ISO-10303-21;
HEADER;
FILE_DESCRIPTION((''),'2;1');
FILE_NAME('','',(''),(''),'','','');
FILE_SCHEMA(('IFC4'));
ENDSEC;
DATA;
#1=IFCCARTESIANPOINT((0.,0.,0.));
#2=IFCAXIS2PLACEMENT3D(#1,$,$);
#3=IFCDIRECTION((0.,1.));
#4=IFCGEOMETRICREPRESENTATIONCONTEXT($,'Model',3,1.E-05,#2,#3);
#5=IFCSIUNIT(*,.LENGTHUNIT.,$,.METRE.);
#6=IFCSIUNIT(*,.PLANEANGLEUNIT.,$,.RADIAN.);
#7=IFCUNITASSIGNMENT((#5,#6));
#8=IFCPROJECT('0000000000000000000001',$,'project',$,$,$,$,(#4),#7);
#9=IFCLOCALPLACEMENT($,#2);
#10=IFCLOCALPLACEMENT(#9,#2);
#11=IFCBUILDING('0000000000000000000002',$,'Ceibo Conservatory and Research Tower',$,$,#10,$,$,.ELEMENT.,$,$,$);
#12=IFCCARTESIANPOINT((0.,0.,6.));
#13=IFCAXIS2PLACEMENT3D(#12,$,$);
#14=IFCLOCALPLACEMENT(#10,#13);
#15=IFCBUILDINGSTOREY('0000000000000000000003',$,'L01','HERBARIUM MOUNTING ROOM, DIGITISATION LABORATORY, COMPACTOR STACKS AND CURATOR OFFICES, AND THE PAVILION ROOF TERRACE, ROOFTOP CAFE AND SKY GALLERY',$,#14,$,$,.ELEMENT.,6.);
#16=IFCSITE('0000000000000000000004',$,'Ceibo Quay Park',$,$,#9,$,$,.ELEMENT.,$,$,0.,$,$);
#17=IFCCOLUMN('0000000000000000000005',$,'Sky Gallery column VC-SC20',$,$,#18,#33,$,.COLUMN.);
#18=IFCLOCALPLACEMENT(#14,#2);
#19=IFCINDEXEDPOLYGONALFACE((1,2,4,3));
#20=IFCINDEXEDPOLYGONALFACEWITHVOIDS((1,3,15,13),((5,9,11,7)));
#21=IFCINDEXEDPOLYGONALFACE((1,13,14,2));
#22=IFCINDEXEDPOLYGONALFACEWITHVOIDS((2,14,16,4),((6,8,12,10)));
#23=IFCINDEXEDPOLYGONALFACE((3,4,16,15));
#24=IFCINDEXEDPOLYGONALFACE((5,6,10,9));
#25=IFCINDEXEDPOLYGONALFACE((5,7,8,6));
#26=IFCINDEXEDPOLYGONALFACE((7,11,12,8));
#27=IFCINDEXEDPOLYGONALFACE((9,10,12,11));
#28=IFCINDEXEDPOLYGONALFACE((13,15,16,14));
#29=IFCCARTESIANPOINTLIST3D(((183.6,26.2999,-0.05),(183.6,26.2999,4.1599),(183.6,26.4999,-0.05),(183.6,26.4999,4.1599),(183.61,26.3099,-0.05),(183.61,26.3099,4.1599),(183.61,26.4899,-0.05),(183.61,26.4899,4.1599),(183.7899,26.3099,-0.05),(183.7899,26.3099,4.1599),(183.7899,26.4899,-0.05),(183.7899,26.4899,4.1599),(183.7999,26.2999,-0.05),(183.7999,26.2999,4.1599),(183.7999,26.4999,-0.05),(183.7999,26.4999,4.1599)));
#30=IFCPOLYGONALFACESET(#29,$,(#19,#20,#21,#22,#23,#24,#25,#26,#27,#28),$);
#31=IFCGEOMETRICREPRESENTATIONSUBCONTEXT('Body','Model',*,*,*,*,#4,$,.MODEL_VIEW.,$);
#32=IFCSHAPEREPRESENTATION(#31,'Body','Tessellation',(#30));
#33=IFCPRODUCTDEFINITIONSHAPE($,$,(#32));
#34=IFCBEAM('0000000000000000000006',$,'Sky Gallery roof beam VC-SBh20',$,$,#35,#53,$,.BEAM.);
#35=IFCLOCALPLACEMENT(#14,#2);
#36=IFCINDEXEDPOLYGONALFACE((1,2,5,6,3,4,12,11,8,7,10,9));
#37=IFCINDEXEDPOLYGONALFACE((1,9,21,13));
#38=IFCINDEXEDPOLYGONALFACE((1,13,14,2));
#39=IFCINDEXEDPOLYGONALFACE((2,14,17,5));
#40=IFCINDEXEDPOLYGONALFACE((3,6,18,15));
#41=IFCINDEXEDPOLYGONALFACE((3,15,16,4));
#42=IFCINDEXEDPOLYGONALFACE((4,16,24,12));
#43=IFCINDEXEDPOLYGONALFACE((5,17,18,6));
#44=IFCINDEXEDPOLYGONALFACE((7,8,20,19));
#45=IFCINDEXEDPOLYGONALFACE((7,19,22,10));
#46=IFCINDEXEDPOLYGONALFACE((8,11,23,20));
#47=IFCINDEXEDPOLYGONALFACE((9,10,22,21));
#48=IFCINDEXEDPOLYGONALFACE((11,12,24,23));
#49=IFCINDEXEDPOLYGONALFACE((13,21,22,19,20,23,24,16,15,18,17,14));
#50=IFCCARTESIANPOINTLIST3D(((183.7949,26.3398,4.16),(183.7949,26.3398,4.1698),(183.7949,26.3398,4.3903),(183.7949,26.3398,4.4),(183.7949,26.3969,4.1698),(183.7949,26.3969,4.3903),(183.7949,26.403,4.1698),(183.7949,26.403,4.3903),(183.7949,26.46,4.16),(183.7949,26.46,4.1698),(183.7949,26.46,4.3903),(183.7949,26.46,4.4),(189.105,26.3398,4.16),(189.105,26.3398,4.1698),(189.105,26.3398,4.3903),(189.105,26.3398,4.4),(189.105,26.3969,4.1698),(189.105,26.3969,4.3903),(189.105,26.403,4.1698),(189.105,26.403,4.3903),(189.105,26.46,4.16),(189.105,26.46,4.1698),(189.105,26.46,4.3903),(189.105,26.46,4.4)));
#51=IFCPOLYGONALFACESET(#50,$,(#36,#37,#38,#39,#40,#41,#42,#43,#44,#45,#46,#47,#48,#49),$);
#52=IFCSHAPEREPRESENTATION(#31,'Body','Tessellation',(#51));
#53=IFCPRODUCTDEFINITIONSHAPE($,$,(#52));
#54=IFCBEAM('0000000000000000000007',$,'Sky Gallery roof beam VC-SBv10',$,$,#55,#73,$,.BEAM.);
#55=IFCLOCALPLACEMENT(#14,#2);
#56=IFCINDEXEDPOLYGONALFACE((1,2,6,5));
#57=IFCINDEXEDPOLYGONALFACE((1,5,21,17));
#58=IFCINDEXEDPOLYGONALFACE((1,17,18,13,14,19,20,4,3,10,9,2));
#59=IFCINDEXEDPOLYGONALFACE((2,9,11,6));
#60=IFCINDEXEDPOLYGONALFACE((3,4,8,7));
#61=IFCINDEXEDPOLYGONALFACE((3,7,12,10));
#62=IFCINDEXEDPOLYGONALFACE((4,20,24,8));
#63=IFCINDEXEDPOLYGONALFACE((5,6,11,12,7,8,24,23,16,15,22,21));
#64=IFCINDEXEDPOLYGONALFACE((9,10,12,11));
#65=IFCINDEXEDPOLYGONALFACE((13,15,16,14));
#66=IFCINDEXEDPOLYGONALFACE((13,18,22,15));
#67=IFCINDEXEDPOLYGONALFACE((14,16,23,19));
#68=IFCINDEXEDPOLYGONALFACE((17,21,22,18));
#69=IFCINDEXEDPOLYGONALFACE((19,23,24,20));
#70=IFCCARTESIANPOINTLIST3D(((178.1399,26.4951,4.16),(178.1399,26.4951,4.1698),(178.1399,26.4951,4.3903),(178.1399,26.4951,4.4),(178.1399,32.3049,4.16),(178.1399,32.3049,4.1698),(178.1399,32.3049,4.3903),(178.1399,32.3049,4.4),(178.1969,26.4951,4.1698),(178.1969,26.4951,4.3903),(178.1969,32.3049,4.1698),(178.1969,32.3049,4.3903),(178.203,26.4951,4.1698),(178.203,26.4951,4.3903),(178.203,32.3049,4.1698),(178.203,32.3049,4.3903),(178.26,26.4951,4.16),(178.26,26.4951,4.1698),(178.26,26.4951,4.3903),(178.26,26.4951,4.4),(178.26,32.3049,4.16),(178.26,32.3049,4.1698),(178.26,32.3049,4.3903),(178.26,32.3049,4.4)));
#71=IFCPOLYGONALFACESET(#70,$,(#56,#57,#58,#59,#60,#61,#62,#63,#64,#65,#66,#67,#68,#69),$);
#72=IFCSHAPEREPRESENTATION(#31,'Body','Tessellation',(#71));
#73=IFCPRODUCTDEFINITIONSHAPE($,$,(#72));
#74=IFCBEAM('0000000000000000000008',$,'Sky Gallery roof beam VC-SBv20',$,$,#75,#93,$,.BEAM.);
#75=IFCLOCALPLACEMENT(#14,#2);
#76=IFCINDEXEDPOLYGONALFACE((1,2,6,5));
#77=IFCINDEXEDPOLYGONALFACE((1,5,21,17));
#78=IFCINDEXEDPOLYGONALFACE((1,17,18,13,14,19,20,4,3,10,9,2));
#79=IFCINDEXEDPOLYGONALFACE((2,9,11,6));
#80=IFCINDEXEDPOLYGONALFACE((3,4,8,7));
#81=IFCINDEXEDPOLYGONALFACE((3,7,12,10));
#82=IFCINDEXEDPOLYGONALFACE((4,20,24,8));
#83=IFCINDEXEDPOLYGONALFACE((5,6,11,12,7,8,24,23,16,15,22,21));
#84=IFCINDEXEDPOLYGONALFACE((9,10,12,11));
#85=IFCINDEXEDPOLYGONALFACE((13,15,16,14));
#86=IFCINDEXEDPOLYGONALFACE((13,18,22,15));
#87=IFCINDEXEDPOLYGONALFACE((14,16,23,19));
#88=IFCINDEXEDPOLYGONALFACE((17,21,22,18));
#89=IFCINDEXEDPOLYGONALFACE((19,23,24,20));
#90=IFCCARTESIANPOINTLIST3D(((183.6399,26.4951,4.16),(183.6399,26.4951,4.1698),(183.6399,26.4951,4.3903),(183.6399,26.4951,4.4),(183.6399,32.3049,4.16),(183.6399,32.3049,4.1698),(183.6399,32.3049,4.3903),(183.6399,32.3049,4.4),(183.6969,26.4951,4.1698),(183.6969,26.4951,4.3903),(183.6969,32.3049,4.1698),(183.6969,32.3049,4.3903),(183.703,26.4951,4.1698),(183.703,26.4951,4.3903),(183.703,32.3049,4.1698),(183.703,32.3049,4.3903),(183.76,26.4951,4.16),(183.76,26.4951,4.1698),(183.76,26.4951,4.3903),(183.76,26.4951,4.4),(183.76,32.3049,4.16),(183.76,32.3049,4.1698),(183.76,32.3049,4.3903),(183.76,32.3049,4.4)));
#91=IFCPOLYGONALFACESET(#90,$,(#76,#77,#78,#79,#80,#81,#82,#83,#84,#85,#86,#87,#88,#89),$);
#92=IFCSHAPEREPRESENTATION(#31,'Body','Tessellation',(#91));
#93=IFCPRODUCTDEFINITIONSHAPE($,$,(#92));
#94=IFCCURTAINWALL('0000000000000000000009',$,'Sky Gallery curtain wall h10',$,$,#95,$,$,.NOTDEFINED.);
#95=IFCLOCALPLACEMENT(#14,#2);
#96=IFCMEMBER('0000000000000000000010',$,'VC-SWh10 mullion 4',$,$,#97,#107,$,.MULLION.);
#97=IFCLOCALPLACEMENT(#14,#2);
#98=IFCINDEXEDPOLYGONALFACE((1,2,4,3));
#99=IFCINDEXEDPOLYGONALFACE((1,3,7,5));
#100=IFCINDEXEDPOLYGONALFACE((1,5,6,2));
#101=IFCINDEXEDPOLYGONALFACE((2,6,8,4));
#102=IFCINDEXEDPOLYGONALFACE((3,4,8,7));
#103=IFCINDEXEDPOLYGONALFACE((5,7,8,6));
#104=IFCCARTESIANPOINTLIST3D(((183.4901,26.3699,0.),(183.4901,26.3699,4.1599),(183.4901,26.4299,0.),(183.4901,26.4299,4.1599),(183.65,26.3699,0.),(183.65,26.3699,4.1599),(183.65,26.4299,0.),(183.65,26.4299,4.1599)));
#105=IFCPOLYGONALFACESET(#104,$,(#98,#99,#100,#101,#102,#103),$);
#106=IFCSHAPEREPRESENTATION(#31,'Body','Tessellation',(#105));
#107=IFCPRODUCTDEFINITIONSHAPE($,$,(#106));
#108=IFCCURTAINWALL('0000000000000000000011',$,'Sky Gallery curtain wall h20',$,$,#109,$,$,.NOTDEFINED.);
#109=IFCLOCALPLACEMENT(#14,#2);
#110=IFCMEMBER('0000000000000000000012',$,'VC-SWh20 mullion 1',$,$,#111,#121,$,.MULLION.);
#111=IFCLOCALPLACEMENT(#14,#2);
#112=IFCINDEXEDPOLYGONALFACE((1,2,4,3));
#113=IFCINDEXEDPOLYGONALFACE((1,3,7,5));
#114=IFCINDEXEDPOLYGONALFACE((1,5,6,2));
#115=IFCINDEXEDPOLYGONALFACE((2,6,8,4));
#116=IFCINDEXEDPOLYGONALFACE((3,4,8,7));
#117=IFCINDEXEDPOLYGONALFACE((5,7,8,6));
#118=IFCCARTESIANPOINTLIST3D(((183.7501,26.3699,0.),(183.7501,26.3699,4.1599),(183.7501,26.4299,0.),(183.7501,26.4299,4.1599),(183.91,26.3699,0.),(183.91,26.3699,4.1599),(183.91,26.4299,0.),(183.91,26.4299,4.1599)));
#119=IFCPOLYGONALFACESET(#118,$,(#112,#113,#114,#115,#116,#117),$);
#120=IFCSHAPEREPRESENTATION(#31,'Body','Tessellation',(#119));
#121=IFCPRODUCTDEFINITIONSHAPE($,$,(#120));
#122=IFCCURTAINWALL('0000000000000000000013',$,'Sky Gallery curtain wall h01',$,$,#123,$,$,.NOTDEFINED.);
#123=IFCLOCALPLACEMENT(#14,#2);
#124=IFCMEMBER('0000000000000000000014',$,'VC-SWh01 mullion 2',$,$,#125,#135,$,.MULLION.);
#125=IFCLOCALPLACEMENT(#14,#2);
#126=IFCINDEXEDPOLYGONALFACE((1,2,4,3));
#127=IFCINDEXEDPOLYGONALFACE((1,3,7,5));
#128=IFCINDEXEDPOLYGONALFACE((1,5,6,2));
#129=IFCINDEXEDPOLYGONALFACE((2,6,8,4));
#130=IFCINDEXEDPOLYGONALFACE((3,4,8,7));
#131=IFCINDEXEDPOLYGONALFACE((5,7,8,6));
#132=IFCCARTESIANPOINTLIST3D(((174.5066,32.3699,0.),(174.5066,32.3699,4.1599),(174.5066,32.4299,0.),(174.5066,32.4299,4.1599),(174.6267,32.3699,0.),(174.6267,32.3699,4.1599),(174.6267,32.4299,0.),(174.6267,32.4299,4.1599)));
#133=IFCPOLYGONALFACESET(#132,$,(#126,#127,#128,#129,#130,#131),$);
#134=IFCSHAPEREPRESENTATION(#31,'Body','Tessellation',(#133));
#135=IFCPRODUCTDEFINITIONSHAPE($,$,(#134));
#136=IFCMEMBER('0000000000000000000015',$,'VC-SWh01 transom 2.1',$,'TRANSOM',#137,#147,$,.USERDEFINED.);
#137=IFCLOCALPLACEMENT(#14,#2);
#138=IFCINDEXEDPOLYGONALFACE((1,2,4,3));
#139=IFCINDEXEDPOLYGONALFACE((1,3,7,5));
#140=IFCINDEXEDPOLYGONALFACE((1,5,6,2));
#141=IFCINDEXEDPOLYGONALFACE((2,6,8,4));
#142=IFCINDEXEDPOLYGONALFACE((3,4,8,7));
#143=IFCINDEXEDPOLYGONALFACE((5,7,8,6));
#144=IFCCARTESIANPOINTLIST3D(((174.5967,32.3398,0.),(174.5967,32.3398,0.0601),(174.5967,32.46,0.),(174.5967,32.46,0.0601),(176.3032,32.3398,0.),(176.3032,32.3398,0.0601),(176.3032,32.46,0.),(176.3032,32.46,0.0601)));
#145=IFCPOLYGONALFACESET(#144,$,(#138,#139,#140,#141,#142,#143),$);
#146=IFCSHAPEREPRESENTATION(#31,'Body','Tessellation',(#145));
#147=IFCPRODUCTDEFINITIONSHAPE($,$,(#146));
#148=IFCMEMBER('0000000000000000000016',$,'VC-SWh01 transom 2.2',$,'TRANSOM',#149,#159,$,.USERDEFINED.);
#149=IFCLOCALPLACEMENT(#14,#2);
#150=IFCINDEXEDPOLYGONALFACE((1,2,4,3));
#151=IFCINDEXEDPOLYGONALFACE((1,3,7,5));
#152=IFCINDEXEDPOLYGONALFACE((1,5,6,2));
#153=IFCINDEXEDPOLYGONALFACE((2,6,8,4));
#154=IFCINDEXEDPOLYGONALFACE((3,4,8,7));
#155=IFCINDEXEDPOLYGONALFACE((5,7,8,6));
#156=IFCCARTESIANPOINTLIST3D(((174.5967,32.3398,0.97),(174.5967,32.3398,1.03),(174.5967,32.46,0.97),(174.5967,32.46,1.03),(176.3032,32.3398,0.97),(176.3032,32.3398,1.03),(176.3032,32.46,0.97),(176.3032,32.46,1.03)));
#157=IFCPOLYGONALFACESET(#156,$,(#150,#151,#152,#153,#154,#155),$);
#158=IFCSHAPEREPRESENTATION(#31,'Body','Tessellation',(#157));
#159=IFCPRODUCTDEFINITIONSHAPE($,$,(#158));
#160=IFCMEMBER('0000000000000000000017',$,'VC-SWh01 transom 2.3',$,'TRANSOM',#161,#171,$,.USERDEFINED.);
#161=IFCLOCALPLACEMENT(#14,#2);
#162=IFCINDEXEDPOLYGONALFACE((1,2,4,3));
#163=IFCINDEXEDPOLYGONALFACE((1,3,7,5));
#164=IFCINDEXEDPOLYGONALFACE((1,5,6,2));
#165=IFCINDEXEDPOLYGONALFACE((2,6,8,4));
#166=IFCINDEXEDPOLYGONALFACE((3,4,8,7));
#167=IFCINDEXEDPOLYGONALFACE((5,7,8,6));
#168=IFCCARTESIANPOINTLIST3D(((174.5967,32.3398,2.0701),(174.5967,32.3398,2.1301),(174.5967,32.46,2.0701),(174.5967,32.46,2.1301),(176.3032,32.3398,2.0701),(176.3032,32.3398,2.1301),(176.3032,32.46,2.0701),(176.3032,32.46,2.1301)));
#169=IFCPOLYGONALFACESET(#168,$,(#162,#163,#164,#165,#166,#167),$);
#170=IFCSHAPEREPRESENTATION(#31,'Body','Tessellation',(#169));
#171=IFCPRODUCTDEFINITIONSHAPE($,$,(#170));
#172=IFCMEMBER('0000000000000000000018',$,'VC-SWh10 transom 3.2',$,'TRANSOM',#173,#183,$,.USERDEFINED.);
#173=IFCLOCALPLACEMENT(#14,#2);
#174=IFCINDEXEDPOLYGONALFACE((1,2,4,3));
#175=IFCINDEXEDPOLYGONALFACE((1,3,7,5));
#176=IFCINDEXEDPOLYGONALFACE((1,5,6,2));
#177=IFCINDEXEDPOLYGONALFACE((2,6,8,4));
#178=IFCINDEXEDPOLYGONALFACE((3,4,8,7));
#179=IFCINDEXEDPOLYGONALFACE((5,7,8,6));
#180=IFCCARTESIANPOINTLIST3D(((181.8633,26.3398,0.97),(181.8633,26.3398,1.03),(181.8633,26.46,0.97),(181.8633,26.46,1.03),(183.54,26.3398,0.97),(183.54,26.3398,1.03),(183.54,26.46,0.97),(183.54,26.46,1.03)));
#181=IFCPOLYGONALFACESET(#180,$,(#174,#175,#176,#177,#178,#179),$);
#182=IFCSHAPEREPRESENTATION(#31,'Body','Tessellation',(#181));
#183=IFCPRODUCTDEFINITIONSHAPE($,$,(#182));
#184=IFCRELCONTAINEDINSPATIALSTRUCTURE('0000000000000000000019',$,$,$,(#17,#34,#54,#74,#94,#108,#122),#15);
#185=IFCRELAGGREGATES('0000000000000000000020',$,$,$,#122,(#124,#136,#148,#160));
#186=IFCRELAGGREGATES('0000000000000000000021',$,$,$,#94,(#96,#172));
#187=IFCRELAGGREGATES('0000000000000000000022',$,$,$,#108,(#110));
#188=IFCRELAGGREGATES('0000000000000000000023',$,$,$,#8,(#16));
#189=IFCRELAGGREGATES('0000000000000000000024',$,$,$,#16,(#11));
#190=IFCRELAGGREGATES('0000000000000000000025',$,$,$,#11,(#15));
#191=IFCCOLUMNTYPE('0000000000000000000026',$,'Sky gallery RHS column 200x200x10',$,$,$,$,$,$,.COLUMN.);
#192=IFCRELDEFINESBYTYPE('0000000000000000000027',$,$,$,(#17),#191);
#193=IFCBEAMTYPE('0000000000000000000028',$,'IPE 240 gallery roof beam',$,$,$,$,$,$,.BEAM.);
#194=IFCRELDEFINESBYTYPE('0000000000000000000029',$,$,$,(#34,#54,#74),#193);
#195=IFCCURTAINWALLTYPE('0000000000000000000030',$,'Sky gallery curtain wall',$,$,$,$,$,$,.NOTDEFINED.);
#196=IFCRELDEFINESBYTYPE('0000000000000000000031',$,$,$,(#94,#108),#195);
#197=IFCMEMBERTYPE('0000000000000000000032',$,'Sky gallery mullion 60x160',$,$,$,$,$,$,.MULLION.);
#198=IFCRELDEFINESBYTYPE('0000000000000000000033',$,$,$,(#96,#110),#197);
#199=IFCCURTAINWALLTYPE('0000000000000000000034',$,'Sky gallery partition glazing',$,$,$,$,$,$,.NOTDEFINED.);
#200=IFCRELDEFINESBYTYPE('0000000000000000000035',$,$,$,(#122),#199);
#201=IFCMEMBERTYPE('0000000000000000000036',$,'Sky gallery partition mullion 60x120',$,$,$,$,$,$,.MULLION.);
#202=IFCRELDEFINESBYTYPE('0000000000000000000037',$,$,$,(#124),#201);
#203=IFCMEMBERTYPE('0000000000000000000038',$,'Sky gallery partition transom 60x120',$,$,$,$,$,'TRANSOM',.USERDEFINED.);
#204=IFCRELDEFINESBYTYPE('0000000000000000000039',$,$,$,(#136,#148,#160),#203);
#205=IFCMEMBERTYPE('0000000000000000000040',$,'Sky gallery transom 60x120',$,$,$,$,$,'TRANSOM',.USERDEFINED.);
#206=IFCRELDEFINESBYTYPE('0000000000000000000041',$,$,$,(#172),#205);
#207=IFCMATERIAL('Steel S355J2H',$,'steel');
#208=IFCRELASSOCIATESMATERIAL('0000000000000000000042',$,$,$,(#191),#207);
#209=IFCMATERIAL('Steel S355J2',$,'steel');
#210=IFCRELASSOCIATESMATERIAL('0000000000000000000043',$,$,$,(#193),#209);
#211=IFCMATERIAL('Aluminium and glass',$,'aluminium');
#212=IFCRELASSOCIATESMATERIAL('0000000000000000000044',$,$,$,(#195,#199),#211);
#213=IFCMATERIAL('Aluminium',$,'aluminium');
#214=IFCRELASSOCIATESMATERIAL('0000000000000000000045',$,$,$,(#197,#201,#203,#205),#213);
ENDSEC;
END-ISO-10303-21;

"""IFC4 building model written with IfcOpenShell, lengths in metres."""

from ifc_helpers import new_model, si_unit, direction, frame, origin, origin_2d, place, context, subcontext, project, spatial, rectangle, hollow_rectangle, i_section, extrude, material, material_profile, profile_set, type_object, element, aggregate, save


model = new_model("IFC4")

# Units and contexts
model_context = context("Model", 3, precision=1e-05, world=origin(), true_north=direction((0.0, 1.0)))
body_context = subcontext(model_context, "Body", "Model", "MODEL_VIEW")
ifc_project = project(units=[si_unit("LENGTHUNIT", "METRE"), si_unit("PLANEANGLEUNIT", "RADIAN")], contexts=[model_context])

# Site, building, storey
site_placement = place(None, origin())
site = spatial("IfcSite", under=ifc_project, at=site_placement, Name="Ceibo Quay Park", CompositionType="ELEMENT", RefElevation=0.0)
building_placement = place(site_placement, origin())
building = spatial("IfcBuilding", under=site, at=building_placement, Name="Ceibo Conservatory and Research Tower", CompositionType="ELEMENT")
storey_placement = place(building_placement, frame((0.0, 0.0, 6.0)))
storey = spatial("IfcBuildingStorey", under=building, at=storey_placement, Name="L01", Description="HERBARIUM MOUNTING ROOM, DIGITISATION LABORATORY, COMPACTOR STACKS AND CURATOR OFFICES, AND THE PAVILION ROOF TERRACE, ROOFTOP CAFE AND SKY GALLERY", CompositionType="ELEMENT", Elevation=6.0)

# Column
ifc_material_1 = material(Name="Steel S355J2H", Category="steel")
ifc_material_profile_1 = material_profile(ifc_material_1, hollow_rectangle(XDim=0.2, YDim=0.2, WallThickness=0.01, at=origin_2d()), Name="Sky gallery RHS column 200x200x10")
ifc_profile_set_1 = profile_set([ifc_material_profile_1], Name="Steel S355J2H")
column_type = type_object("IfcColumnType", Name="Sky gallery RHS column 200x200x10", PredefinedType="COLUMN", material=ifc_profile_set_1)
column_placement = place(storey_placement, frame((183.7, 26.3999, -0.05), z_axis=(0.0, 0.0, 1.0), x_axis=(1.0, 0.0, 0.0)))
element("IfcColumn", 1, at=column_placement, inside=storey, type_object=column_type, Name="Sky Gallery column VC-SC20", PredefinedType="COLUMN", context=body_context, shape_type="SweptSolid", body=[
    extrude(hollow_rectangle(XDim=0.2, YDim=0.2, WallThickness=0.01, at=origin_2d()), origin(), (0.0, 0.0, 1.0), 4.21),
])

# Beams
ifc_material_2 = material(Name="Steel S355J2", Category="steel")
ifc_material_profile_2 = material_profile(ifc_material_2, i_section(OverallWidth=0.1201, OverallDepth=0.24, WebThickness=0.0061, FlangeThickness=0.0098, at=origin_2d()), Name="IPE 240")
ifc_profile_set_2 = profile_set([ifc_material_profile_2], Name="Steel S355J2")
beam_type = type_object("IfcBeamType", Name="IPE 240 gallery roof beam", PredefinedType="BEAM", material=ifc_profile_set_2)
beam_placement = place(storey_placement, frame((183.7949, 26.3999, 4.28), z_axis=(1.0, 0.0, 0.0), x_axis=(0.0, 1.0, 0.0)))
element("IfcBeam", 2, at=beam_placement, inside=storey, type_object=beam_type, Name="Sky Gallery roof beam VC-SBh20", PredefinedType="BEAM", context=body_context, shape_type="SweptSolid", body=[
    extrude(i_section(OverallWidth=0.1201, OverallDepth=0.24, WebThickness=0.0061, FlangeThickness=0.0098, at=origin_2d()), origin(), (0.0, 0.0, 1.0), 5.3101),
])
for number, where, z_axis, x_axis, name in (
    (3, (178.2, 26.4951, 4.28), (0.0, 1.0, 0.0), (-1.0, 0.0, 0.0), "Sky Gallery roof beam VC-SBv10"),
    (4, (183.7, 26.4951, 4.28), (0.0, 1.0, 0.0), (-1.0, 0.0, 0.0), "Sky Gallery roof beam VC-SBv20"),
):
    element("IfcBeam", number, at=place(storey_placement, frame(where, z_axis=z_axis, x_axis=x_axis)), inside=storey, type_object=beam_type, Name=name, PredefinedType="BEAM", context=body_context, shape_type="SweptSolid", body=[
        extrude(i_section(OverallWidth=0.1201, OverallDepth=0.24, WebThickness=0.0061, FlangeThickness=0.0098, at=origin_2d()), origin(), (0.0, 0.0, 1.0), 5.8098),
    ])

# Curtain walls, members
ifc_material_3 = material(Name="Aluminium and glass", Category="aluminium")
curtain_wall_type_1 = type_object("IfcCurtainWallType", Name="Sky gallery curtain wall", PredefinedType="NOTDEFINED", material=ifc_material_3)
curtain_wall_1_placement = place(storey_placement, origin())
curtain_wall_1 = element("IfcCurtainWall", 5, at=curtain_wall_1_placement, inside=storey, type_object=curtain_wall_type_1, Name="Sky Gallery curtain wall h10", PredefinedType="NOTDEFINED")
ifc_material_4 = material(Name="Aluminium", Category="aluminium")
ifc_material_profile_3 = material_profile(ifc_material_4, rectangle(XDim=0.0601, YDim=0.1599, at=origin_2d()), Name="AL 60x160")
ifc_profile_set_3 = profile_set([ifc_material_profile_3], Name="Aluminium")
member_type_1 = type_object("IfcMemberType", Name="Sky gallery mullion 60x160", PredefinedType="MULLION", material=ifc_profile_set_3)
member_1_placement = place(storey_placement, frame((183.5701, 26.3999, 0.0), z_axis=(0.0, 0.0, 1.0), x_axis=(0.0, 1.0, 0.0)))
member_1 = element("IfcMember", 6, at=member_1_placement, type_object=member_type_1, Name="VC-SWh10 mullion 4", PredefinedType="MULLION", context=body_context, shape_type="SweptSolid", body=[
    extrude(rectangle(XDim=0.0601, YDim=0.1599, at=origin_2d()), origin(), (0.0, 0.0, 1.0), 4.1599),
])
curtain_wall_2_placement = place(storey_placement, origin())
curtain_wall_2 = element("IfcCurtainWall", 7, at=curtain_wall_2_placement, inside=storey, type_object=curtain_wall_type_1, Name="Sky Gallery curtain wall h20", PredefinedType="NOTDEFINED")
member_2_placement = place(storey_placement, frame((183.8301, 26.3999, 0.0), z_axis=(0.0, 0.0, 1.0), x_axis=(0.0, 1.0, 0.0)))
member_2 = element("IfcMember", 8, at=member_2_placement, type_object=member_type_1, Name="VC-SWh20 mullion 1", PredefinedType="MULLION", context=body_context, shape_type="SweptSolid", body=[
    extrude(rectangle(XDim=0.0601, YDim=0.1599, at=origin_2d()), origin(), (0.0, 0.0, 1.0), 4.1599),
])

# Curtain wall, members
curtain_wall_type_2 = type_object("IfcCurtainWallType", Name="Sky gallery partition glazing", PredefinedType="NOTDEFINED", material=ifc_material_3)
curtain_wall_3_placement = place(storey_placement, origin())
curtain_wall_3 = element("IfcCurtainWall", 9, at=curtain_wall_3_placement, inside=storey, type_object=curtain_wall_type_2, Name="Sky Gallery curtain wall h01", PredefinedType="NOTDEFINED")
ifc_material_profile_4 = material_profile(ifc_material_4, rectangle(XDim=0.0601, YDim=0.1201, at=origin_2d()), Name="AL 60x120")
ifc_profile_set_4 = profile_set([ifc_material_profile_4], Name="Aluminium")
member_type_2 = type_object("IfcMemberType", Name="Sky gallery partition mullion 60x120", PredefinedType="MULLION", material=ifc_profile_set_4)
member_3_placement = place(storey_placement, frame((174.5667, 32.3999, 0.0), z_axis=(0.0, 0.0, 1.0), x_axis=(0.0, 1.0, 0.0)))
member_3 = element("IfcMember", 10, at=member_3_placement, type_object=member_type_2, Name="VC-SWh01 mullion 2", PredefinedType="MULLION", context=body_context, shape_type="SweptSolid", body=[
    extrude(rectangle(XDim=0.0601, YDim=0.1201, at=origin_2d()), origin(), (0.0, 0.0, 1.0), 4.1599),
])
ifc_material_profile_5 = material_profile(ifc_material_4, rectangle(XDim=0.1201, YDim=0.0601, at=origin_2d()), Name="AL 60x120")
ifc_profile_set_5 = profile_set([ifc_material_profile_5], Name="Aluminium")
member_type_3 = type_object("IfcMemberType", Name="Sky gallery partition transom 60x120", ElementType="TRANSOM", PredefinedType="USERDEFINED", material=ifc_profile_set_5)
member_4_placement = place(storey_placement, frame((174.5967, 32.3999, 0.03), z_axis=(1.0, 0.0, 0.0), x_axis=(0.0, 1.0, 0.0)))
member_4 = element("IfcMember", 11, at=member_4_placement, type_object=member_type_3, Name="VC-SWh01 transom 2.1", ObjectType="TRANSOM", PredefinedType="USERDEFINED", context=body_context, shape_type="SweptSolid", body=[
    extrude(rectangle(XDim=0.1201, YDim=0.0601, at=origin_2d()), origin(), (0.0, 0.0, 1.0), 1.7065),
])
member_5_placement = place(storey_placement, frame((174.5967, 32.3999, 1.0), z_axis=(1.0, 0.0, 0.0), x_axis=(0.0, 1.0, 0.0)))
member_5 = element("IfcMember", 12, at=member_5_placement, type_object=member_type_3, Name="VC-SWh01 transom 2.2", ObjectType="TRANSOM", PredefinedType="USERDEFINED", context=body_context, shape_type="SweptSolid", body=[
    extrude(rectangle(XDim=0.1201, YDim=0.0601, at=origin_2d()), origin(), (0.0, 0.0, 1.0), 1.7065),
])
member_6_placement = place(storey_placement, frame((174.5967, 32.3999, 2.1001), z_axis=(1.0, 0.0, 0.0), x_axis=(0.0, 1.0, 0.0)))
member_6 = element("IfcMember", 13, at=member_6_placement, type_object=member_type_3, Name="VC-SWh01 transom 2.3", ObjectType="TRANSOM", PredefinedType="USERDEFINED", context=body_context, shape_type="SweptSolid", body=[
    extrude(rectangle(XDim=0.1201, YDim=0.0601, at=origin_2d()), origin(), (0.0, 0.0, 1.0), 1.7065),
])
aggregate(curtain_wall_3, [member_3, member_4, member_5, member_6])

# Member
ifc_material_profile_6 = material_profile(ifc_material_4, rectangle(XDim=0.1201, YDim=0.0601, at=origin_2d()), Name="AL 60x120")
ifc_profile_set_6 = profile_set([ifc_material_profile_6], Name="Aluminium")
member_type_4 = type_object("IfcMemberType", Name="Sky gallery transom 60x120", ElementType="TRANSOM", PredefinedType="USERDEFINED", material=ifc_profile_set_6)
member_7_placement = place(storey_placement, frame((181.8633, 26.3999, 1.0), z_axis=(1.0, 0.0, 0.0), x_axis=(0.0, 1.0, 0.0)))
member_7 = element("IfcMember", 14, at=member_7_placement, type_object=member_type_4, Name="VC-SWh10 transom 3.2", ObjectType="TRANSOM", PredefinedType="USERDEFINED", context=body_context, shape_type="SweptSolid", body=[
    extrude(rectangle(XDim=0.1201, YDim=0.0601, at=origin_2d()), origin(), (0.0, 0.0, 1.0), 1.6768),
])

aggregate(curtain_wall_1, [member_1, member_7])
aggregate(curtain_wall_2, [member_2])

save(model, "model.ifc")
